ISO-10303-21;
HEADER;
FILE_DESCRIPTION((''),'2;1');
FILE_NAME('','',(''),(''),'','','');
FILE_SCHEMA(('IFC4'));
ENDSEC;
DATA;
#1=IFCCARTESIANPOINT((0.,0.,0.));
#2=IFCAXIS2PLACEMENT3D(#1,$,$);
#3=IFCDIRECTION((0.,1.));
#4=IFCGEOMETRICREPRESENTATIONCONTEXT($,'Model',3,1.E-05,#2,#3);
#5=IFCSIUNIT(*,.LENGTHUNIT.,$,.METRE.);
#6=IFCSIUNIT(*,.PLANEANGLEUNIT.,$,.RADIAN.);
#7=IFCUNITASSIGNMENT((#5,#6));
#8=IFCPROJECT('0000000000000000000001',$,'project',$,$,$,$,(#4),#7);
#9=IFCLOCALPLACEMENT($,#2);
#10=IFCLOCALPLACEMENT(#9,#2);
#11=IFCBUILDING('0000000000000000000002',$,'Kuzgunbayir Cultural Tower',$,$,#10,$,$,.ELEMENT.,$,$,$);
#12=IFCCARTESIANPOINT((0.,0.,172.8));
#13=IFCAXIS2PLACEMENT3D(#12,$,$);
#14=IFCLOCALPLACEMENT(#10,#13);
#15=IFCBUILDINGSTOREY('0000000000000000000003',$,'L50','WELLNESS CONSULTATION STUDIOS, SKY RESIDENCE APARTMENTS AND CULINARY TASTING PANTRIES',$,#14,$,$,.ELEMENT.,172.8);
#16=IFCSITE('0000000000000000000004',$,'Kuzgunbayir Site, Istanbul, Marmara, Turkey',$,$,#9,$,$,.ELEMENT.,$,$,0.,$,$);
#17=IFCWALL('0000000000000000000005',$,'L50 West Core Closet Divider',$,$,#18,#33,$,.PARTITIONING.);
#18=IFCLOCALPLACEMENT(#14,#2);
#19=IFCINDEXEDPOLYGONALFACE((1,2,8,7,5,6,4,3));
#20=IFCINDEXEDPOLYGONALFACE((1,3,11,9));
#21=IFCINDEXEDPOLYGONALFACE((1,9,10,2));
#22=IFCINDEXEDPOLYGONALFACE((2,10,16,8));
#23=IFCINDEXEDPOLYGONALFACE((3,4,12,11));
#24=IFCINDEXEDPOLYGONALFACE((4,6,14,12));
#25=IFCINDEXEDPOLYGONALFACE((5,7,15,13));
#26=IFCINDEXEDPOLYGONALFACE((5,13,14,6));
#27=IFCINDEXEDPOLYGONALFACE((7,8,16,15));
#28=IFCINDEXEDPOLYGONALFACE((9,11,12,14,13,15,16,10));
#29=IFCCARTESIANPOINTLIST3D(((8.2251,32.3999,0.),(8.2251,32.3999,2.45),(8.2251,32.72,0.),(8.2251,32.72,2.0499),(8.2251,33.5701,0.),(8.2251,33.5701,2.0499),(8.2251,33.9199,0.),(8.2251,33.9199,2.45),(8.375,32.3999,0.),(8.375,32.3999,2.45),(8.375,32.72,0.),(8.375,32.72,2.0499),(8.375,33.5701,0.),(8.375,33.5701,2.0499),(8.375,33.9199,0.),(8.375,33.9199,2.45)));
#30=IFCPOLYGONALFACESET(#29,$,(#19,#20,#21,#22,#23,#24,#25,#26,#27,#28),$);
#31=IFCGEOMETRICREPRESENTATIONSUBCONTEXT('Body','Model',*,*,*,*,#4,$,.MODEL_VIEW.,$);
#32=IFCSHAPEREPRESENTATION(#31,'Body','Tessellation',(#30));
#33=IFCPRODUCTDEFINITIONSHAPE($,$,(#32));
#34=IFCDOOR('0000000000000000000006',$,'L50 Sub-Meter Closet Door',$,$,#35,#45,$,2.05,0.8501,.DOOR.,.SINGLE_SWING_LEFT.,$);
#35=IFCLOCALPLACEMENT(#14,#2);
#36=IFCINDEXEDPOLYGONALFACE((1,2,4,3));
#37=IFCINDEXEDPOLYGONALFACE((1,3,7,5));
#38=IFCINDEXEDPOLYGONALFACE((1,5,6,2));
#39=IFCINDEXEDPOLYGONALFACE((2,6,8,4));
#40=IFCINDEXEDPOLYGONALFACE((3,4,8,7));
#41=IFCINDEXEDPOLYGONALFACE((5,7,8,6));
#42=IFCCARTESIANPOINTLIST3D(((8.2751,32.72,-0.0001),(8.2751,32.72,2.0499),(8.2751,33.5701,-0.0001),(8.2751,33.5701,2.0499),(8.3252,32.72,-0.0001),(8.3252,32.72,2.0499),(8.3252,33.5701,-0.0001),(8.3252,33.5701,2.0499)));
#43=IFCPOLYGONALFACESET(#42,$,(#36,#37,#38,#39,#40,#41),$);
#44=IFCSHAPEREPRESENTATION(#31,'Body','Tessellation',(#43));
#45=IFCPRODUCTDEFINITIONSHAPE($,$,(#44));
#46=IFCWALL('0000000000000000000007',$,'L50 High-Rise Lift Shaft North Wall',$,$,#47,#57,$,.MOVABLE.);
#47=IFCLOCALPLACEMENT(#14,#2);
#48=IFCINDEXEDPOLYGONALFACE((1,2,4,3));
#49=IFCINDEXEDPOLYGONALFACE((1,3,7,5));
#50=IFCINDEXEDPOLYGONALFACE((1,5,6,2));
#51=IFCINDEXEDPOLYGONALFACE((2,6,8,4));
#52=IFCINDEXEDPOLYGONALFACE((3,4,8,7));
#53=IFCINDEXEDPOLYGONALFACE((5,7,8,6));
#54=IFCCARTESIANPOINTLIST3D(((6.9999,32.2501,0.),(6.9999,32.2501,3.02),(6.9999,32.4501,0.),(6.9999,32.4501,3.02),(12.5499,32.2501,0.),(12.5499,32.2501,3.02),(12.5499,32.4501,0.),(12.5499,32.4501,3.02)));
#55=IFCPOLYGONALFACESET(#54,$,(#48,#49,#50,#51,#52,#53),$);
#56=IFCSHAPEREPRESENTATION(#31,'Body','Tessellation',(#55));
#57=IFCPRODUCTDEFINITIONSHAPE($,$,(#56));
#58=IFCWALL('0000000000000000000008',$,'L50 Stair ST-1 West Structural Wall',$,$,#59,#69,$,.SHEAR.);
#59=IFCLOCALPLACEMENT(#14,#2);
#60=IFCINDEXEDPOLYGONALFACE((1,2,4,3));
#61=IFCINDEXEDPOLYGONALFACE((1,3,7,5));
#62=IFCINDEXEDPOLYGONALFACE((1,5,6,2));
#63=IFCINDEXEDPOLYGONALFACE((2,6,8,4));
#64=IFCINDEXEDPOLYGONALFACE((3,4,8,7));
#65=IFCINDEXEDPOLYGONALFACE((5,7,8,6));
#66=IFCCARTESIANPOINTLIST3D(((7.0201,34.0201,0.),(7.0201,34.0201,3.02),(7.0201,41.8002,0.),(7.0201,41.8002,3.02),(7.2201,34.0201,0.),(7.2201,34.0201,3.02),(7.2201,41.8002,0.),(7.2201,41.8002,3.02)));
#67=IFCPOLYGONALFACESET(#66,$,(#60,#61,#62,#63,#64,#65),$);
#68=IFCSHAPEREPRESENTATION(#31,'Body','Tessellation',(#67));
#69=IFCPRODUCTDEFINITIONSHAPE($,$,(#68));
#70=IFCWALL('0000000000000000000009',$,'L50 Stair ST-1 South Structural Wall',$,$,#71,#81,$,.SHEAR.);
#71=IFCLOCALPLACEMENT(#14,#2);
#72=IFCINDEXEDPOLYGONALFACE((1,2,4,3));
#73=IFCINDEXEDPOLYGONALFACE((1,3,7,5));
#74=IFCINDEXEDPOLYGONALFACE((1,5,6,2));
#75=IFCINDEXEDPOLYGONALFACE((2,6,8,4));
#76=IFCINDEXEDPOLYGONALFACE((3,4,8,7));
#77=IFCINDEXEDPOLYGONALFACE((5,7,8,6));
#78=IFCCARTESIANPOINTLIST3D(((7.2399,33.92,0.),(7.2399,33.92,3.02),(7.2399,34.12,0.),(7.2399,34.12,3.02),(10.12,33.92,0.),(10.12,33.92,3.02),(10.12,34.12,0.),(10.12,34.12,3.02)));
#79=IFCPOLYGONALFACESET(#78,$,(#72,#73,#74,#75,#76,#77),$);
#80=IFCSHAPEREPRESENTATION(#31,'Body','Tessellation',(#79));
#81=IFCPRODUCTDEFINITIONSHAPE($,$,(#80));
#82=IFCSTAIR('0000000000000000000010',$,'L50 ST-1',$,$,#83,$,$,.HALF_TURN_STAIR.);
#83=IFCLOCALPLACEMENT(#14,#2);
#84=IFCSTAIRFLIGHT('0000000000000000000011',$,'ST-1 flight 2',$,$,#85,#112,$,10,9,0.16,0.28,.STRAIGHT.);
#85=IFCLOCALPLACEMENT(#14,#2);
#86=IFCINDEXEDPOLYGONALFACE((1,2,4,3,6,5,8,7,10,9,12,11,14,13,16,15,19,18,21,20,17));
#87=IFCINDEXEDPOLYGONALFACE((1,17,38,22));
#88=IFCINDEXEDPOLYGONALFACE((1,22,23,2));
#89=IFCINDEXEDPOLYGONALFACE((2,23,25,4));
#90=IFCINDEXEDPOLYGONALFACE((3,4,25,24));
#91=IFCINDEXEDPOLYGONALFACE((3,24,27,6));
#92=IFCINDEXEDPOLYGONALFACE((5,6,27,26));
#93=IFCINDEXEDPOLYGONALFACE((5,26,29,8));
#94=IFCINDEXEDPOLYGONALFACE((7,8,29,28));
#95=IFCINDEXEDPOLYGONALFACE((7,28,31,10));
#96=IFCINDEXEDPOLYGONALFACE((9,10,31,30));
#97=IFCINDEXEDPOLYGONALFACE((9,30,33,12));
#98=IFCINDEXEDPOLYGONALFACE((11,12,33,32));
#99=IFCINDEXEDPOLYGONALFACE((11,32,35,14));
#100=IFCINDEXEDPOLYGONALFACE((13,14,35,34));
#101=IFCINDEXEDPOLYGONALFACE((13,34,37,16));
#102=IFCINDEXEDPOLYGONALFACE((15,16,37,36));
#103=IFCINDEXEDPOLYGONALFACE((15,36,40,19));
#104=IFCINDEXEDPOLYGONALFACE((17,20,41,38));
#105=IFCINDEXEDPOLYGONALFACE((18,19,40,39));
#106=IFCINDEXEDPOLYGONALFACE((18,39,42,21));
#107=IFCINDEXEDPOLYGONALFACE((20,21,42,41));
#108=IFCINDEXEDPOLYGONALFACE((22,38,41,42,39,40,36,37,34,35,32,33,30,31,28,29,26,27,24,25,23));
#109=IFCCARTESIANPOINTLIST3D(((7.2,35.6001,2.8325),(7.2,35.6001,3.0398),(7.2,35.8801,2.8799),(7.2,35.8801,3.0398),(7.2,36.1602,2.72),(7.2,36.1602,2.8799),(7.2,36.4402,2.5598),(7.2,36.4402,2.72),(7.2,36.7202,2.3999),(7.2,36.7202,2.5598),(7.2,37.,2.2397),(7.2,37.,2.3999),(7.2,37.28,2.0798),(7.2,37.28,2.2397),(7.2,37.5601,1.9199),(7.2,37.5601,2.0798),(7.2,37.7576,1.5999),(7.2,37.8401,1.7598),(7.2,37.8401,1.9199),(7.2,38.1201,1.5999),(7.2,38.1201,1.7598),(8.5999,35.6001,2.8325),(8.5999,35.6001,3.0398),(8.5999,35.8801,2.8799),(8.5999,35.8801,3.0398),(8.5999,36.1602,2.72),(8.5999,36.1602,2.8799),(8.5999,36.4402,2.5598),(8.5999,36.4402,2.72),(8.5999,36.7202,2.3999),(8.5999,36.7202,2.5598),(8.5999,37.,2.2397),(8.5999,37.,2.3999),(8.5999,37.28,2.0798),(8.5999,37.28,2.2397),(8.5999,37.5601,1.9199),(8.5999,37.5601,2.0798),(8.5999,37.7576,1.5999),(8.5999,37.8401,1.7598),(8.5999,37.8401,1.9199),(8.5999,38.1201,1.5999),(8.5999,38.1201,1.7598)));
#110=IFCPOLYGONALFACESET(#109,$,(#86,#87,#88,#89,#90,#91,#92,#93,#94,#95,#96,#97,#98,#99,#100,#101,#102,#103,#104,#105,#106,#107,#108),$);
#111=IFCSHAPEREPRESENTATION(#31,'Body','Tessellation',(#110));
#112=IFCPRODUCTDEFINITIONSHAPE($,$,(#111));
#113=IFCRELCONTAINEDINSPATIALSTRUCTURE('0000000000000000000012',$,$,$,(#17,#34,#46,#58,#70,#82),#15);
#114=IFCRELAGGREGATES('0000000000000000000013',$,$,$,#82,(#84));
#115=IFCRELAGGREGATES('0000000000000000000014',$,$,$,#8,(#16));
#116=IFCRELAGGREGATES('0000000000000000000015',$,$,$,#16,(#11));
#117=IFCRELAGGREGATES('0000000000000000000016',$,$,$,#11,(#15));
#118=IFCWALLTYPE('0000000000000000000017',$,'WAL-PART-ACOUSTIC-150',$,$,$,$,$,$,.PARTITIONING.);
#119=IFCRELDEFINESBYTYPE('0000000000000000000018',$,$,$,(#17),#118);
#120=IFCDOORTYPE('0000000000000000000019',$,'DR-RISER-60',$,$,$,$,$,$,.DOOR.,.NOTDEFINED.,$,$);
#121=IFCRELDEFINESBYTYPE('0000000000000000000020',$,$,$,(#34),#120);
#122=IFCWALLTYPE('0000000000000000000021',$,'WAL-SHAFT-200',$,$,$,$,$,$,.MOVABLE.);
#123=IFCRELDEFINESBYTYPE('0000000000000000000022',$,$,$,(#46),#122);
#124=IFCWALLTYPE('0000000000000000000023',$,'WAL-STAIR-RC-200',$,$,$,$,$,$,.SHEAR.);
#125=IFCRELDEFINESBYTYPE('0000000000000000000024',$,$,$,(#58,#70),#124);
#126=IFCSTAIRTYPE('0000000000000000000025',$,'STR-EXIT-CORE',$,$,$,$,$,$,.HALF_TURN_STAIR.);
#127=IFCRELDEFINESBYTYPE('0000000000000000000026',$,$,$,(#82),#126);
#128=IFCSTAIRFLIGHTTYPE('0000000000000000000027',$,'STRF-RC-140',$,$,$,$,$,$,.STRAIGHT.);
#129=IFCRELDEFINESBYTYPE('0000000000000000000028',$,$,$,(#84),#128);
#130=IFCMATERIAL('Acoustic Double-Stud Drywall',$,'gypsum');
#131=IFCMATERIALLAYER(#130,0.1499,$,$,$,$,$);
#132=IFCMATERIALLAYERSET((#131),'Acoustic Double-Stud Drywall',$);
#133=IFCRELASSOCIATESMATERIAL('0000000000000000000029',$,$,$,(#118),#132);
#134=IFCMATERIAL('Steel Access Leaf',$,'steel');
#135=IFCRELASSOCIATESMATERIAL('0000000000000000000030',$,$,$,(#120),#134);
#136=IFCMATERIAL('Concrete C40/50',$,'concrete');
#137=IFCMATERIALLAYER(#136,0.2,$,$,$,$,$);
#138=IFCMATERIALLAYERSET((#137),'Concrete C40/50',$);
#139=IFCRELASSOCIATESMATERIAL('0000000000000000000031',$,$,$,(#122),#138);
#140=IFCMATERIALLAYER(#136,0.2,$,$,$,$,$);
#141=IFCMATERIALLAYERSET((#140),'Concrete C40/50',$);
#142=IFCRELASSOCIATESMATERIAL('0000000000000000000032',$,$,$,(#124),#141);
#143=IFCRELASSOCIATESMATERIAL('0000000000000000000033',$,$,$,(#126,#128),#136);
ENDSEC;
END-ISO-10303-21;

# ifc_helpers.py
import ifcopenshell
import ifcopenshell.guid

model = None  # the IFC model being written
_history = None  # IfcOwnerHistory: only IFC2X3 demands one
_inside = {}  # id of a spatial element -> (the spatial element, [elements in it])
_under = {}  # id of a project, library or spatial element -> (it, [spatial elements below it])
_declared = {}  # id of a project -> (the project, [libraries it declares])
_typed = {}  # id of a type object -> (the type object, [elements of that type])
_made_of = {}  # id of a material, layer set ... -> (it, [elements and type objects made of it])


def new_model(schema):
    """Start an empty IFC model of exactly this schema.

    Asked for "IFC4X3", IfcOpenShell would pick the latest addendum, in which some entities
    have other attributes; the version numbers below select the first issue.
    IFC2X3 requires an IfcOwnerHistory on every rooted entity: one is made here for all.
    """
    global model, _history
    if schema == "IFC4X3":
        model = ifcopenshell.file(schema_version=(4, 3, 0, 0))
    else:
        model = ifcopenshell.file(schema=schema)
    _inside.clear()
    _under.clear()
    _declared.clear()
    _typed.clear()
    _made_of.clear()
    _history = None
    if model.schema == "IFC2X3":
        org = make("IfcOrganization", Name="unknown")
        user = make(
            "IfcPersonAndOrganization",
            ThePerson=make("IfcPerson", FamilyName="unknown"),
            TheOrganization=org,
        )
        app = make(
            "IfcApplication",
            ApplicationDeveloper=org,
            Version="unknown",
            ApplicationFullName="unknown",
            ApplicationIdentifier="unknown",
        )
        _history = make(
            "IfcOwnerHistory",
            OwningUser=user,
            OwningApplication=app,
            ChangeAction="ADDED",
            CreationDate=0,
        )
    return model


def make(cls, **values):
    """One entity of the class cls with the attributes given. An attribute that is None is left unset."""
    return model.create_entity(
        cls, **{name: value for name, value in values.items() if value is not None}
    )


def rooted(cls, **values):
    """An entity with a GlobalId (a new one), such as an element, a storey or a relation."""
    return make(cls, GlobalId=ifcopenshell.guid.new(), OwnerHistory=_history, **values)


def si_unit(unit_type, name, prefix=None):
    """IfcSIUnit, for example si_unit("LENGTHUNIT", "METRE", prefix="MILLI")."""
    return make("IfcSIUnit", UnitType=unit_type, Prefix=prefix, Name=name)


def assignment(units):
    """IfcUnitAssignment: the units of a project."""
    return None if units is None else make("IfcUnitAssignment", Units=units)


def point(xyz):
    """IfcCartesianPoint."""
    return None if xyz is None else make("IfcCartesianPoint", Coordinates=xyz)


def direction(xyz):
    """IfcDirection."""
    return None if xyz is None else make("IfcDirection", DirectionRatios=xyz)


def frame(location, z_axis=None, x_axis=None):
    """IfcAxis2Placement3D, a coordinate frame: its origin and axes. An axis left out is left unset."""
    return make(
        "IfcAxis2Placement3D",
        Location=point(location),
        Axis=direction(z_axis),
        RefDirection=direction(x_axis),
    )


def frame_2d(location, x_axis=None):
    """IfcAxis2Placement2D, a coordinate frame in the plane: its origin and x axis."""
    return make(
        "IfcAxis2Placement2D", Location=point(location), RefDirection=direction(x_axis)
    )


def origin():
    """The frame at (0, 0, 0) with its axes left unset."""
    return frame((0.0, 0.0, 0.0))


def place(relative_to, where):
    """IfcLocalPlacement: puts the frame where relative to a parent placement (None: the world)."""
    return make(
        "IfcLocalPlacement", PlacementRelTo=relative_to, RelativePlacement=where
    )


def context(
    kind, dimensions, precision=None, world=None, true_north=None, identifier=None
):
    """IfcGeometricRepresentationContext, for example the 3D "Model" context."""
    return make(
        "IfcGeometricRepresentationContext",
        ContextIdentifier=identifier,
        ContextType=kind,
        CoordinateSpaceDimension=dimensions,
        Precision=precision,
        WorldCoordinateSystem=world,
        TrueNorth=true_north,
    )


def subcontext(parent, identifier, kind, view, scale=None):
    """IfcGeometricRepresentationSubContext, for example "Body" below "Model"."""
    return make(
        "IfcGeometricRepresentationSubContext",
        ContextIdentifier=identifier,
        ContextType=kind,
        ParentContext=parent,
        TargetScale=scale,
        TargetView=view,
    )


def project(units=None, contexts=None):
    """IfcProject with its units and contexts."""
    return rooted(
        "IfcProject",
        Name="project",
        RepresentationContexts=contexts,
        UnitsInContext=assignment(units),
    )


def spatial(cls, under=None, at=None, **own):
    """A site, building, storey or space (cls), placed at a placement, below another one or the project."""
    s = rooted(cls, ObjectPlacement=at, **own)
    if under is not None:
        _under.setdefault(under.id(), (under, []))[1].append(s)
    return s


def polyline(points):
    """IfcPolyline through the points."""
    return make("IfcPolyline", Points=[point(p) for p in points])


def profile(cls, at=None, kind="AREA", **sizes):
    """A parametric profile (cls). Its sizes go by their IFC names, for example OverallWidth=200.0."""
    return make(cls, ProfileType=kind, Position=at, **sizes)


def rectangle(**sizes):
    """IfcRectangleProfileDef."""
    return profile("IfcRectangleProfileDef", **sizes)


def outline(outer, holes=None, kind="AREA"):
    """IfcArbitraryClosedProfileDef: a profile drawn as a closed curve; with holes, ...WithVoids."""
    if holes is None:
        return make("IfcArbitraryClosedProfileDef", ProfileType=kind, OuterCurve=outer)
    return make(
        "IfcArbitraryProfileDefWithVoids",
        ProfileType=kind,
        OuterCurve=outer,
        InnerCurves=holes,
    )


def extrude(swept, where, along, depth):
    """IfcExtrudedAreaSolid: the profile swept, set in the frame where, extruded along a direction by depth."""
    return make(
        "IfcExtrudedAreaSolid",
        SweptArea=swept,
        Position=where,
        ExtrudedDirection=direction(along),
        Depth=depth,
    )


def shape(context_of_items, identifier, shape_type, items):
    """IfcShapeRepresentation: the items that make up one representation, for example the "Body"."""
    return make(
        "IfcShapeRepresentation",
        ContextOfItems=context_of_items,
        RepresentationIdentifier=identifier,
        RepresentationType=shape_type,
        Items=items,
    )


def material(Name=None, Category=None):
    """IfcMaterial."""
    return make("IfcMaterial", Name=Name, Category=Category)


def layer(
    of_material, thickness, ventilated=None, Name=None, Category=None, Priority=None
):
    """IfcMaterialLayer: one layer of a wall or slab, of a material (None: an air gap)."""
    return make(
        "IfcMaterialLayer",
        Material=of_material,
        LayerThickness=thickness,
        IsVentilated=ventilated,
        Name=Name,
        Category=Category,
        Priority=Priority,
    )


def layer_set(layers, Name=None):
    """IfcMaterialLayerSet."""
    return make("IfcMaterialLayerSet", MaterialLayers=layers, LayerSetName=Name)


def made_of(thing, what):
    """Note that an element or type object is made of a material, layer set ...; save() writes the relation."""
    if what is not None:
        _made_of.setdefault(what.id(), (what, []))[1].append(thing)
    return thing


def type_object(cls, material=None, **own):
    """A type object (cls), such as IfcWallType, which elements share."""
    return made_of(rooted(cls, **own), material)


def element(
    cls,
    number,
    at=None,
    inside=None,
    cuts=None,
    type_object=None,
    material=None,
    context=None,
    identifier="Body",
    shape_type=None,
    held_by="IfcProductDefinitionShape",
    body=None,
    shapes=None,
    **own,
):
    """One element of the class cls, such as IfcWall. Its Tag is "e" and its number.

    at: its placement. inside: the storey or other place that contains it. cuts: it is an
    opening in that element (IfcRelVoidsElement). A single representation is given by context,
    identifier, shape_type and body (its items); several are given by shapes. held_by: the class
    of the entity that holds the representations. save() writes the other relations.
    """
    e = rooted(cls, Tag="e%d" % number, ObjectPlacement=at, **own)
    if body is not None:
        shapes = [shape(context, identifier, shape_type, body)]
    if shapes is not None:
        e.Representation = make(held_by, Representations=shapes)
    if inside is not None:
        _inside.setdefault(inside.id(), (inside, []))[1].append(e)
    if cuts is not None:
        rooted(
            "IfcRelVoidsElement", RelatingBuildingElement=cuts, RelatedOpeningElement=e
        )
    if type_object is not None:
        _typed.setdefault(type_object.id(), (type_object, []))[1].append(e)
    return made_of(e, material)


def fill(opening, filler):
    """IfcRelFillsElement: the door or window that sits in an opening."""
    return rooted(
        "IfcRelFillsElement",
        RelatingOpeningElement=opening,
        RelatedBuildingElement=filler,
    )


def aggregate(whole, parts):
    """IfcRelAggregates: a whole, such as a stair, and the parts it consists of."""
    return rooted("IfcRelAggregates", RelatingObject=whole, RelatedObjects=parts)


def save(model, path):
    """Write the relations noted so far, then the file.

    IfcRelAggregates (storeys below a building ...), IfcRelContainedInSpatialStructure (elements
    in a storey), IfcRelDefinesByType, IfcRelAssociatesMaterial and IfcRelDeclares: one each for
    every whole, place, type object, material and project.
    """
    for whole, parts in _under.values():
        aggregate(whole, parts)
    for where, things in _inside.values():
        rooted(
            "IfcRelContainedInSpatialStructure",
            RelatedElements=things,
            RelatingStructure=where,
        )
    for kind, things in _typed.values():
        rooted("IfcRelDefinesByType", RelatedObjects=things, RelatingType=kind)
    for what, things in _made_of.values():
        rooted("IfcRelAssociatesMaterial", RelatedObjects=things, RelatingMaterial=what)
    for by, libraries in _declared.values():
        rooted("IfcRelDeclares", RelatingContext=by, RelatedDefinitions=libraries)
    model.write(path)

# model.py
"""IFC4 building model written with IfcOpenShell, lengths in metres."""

from ifc_helpers import new_model, si_unit, direction, frame, frame_2d, origin, place, context, subcontext, project, spatial, polyline, rectangle, outline, extrude, material, layer, layer_set, type_object, element, fill, aggregate, save


model = new_model("IFC4")

# Units and contexts
model_context = context("Model", 3, precision=1e-05, world=origin(), true_north=direction((0.0, 1.0)))
body_context = subcontext(model_context, "Body", "Model", "MODEL_VIEW")
ifc_project = project(units=[si_unit("LENGTHUNIT", "METRE"), si_unit("PLANEANGLEUNIT", "RADIAN")], contexts=[model_context])

# Site, building, storey
site_placement = place(None, origin())
site = spatial("IfcSite", under=ifc_project, at=site_placement, Name="Kuzgunbayir Site, Istanbul, Marmara, Turkey", CompositionType="ELEMENT", RefElevation=0.0)
building_placement = place(site_placement, origin())
building = spatial("IfcBuilding", under=site, at=building_placement, Name="Kuzgunbayir Cultural Tower", CompositionType="ELEMENT")
storey_placement = place(building_placement, frame((0.0, 0.0, 172.8)))
storey = spatial("IfcBuildingStorey", under=building, at=storey_placement, Name="L50", Description="WELLNESS CONSULTATION STUDIOS, SKY RESIDENCE APARTMENTS AND CULINARY TASTING PANTRIES", CompositionType="ELEMENT", Elevation=172.8)

# Wall, opening, door
ifc_material_1 = material(Name="Acoustic Double-Stud Drywall", Category="gypsum")
ifc_layer_1 = layer(ifc_material_1, 0.1499)
ifc_layer_set_1 = layer_set([ifc_layer_1], Name="Acoustic Double-Stud Drywall")
wall_type_1 = type_object("IfcWallType", Name="WAL-PART-ACOUSTIC-150", PredefinedType="PARTITIONING", material=ifc_layer_set_1)
wall_1_placement = place(storey_placement, frame((8.3, 32.3999, 0.0), z_axis=(0.0, 0.0, 1.0), x_axis=(0.0, 1.0, 0.0)))
wall_1 = element("IfcWall", 1, at=wall_1_placement, inside=storey, type_object=wall_type_1, Name="L50 West Core Closet Divider", PredefinedType="PARTITIONING", context=body_context, shape_type="SweptSolid", body=[
    extrude(rectangle(XDim=1.52, YDim=0.1499, at=frame_2d((0.76, 0.0))), origin(), (0.0, 0.0, 1.0), 2.45),
])
opening_1_placement = place(wall_1_placement, frame((0.3201, 0.0, 0.0)))
opening_1 = element("IfcOpeningElement", 2, at=opening_1_placement, cuts=wall_1, PredefinedType="OPENING", context=body_context, shape_type="SweptSolid", body=[
    extrude(rectangle(XDim=0.8501, YDim=2.05, at=frame_2d((0.425, 1.0249))), frame((0.0, 0.085, 0.0), z_axis=(0.0, -1.0, 0.0), x_axis=(1.0, 0.0, 0.0)), (0.0, 0.0, 1.0), 0.1699),
])
ifc_material_2 = material(Name="Steel Access Leaf", Category="steel")
door_type_1 = type_object("IfcDoorType", Name="DR-RISER-60", OperationType="NOTDEFINED", PredefinedType="DOOR", material=ifc_material_2)
door_1_placement = place(opening_1_placement, origin())
door_1 = element("IfcDoor", 3, at=door_1_placement, inside=storey, type_object=door_type_1, Name="L50 Sub-Meter Closet Door", OperationType="SINGLE_SWING_LEFT", OverallHeight=2.05, OverallWidth=0.8501, PredefinedType="DOOR", context=body_context, shape_type="SweptSolid", body=[
    extrude(rectangle(XDim=0.8501, YDim=2.05, at=frame_2d((0.425, 1.0249))), frame((0.0, 0.0249, 0.0), z_axis=(0.0, -1.0, 0.0), x_axis=(1.0, 0.0, 0.0)), (0.0, 0.0, 1.0), 0.05),
])
fill(opening_1, door_1)

# Walls
ifc_material_3 = material(Name="Concrete C40/50", Category="concrete")
ifc_layer_2 = layer(ifc_material_3, 0.2)
ifc_layer_set_2 = layer_set([ifc_layer_2], Name="Concrete C40/50")
wall_type_2 = type_object("IfcWallType", Name="WAL-SHAFT-200", PredefinedType="MOVABLE", material=ifc_layer_set_2)
wall_2_placement = place(storey_placement, frame((7.0, 32.3501, 0.0), z_axis=(0.0, 0.0, 1.0), x_axis=(1.0, 0.0, 0.0)))
element("IfcWall", 4, at=wall_2_placement, inside=storey, type_object=wall_type_2, Name="L50 High-Rise Lift Shaft North Wall", PredefinedType="MOVABLE", context=body_context, shape_type="SweptSolid", body=[
    extrude(rectangle(XDim=5.55, YDim=0.2, at=frame_2d((2.7749, 0.0))), origin(), (0.0, 0.0, 1.0), 3.02),
])
ifc_layer_3 = layer(ifc_material_3, 0.2)
ifc_layer_set_3 = layer_set([ifc_layer_3], Name="Concrete C40/50")
wall_type_3 = type_object("IfcWallType", Name="WAL-STAIR-RC-200", PredefinedType="SHEAR", material=ifc_layer_set_3)
wall_3_placement = place(storey_placement, frame((7.1201, 34.02, 0.0), z_axis=(0.0, 0.0, 1.0), x_axis=(0.0, 1.0, 0.0)))
element("IfcWall", 5, at=wall_3_placement, inside=storey, type_object=wall_type_3, Name="L50 Stair ST-1 West Structural Wall", PredefinedType="SHEAR", context=body_context, shape_type="SweptSolid", body=[
    extrude(rectangle(XDim=7.78, YDim=0.2, at=frame_2d((3.8901, 0.0))), origin(), (0.0, 0.0, 1.0), 3.02),
])
wall_4_placement = place(storey_placement, frame((7.24, 34.02, 0.0), z_axis=(0.0, 0.0, 1.0), x_axis=(1.0, 0.0, 0.0)))
element("IfcWall", 6, at=wall_4_placement, inside=storey, type_object=wall_type_3, Name="L50 Stair ST-1 South Structural Wall", PredefinedType="SHEAR", context=body_context, shape_type="SweptSolid", body=[
    extrude(rectangle(XDim=2.8801, YDim=0.2, at=frame_2d((1.4399, 0.0))), origin(), (0.0, 0.0, 1.0), 3.02),
])

# Stair, stair flight
stair_type = type_object("IfcStairType", Name="STR-EXIT-CORE", PredefinedType="HALF_TURN_STAIR", material=ifc_material_3)
stair_placement = place(storey_placement, origin())
stair = element("IfcStair", 7, at=stair_placement, inside=storey, type_object=stair_type, Name="L50 ST-1", PredefinedType="HALF_TURN_STAIR")
stair_flight_type = type_object("IfcStairFlightType", Name="STRF-RC-140", PredefinedType="STRAIGHT", material=ifc_material_3)
stair_flight_placement = place(storey_placement, frame((7.8999, 38.1201, 1.5999), z_axis=(0.0, 0.0, 1.0), x_axis=(0.0, -1.0, 0.0)))
stair_flight = element("IfcStairFlight", 8, at=stair_flight_placement, type_object=stair_flight_type, Name="ST-1 flight 2", NumberOfRisers=10, NumberOfTreads=9, PredefinedType="STRAIGHT", RiserHeight=0.16, TreadLength=0.28, context=body_context, shape_type="SweptSolid", body=[
    extrude(outline(polyline([(0.0, 0.0), (0.0, 0.1599), (0.28, 0.1599), (0.28, 0.3201), (0.5601, 0.3201), (0.5601, 0.48), (0.8401, 0.48), (0.8401, 0.6399), (1.1201, 0.6399), (1.1201, 0.8), (1.3999, 0.8), (1.3999, 0.96), (1.6799, 0.96), (1.6799, 1.1201), (1.96, 1.1201), (1.96, 1.28), (2.24, 1.28), (2.24, 1.4399), (2.52, 1.4399), (2.52, 1.6001), (2.52, 1.2327), (0.3625, 0.0), (0.0, 0.0)])), frame((0.0, 0.7, 0.0), z_axis=(0.0, -1.0, 0.0), x_axis=(1.0, 0.0, 0.0)), (0.0, 0.0, 1.0), 1.3999),
])
aggregate(stair, [stair_flight])

save(model, "model.ifc")
